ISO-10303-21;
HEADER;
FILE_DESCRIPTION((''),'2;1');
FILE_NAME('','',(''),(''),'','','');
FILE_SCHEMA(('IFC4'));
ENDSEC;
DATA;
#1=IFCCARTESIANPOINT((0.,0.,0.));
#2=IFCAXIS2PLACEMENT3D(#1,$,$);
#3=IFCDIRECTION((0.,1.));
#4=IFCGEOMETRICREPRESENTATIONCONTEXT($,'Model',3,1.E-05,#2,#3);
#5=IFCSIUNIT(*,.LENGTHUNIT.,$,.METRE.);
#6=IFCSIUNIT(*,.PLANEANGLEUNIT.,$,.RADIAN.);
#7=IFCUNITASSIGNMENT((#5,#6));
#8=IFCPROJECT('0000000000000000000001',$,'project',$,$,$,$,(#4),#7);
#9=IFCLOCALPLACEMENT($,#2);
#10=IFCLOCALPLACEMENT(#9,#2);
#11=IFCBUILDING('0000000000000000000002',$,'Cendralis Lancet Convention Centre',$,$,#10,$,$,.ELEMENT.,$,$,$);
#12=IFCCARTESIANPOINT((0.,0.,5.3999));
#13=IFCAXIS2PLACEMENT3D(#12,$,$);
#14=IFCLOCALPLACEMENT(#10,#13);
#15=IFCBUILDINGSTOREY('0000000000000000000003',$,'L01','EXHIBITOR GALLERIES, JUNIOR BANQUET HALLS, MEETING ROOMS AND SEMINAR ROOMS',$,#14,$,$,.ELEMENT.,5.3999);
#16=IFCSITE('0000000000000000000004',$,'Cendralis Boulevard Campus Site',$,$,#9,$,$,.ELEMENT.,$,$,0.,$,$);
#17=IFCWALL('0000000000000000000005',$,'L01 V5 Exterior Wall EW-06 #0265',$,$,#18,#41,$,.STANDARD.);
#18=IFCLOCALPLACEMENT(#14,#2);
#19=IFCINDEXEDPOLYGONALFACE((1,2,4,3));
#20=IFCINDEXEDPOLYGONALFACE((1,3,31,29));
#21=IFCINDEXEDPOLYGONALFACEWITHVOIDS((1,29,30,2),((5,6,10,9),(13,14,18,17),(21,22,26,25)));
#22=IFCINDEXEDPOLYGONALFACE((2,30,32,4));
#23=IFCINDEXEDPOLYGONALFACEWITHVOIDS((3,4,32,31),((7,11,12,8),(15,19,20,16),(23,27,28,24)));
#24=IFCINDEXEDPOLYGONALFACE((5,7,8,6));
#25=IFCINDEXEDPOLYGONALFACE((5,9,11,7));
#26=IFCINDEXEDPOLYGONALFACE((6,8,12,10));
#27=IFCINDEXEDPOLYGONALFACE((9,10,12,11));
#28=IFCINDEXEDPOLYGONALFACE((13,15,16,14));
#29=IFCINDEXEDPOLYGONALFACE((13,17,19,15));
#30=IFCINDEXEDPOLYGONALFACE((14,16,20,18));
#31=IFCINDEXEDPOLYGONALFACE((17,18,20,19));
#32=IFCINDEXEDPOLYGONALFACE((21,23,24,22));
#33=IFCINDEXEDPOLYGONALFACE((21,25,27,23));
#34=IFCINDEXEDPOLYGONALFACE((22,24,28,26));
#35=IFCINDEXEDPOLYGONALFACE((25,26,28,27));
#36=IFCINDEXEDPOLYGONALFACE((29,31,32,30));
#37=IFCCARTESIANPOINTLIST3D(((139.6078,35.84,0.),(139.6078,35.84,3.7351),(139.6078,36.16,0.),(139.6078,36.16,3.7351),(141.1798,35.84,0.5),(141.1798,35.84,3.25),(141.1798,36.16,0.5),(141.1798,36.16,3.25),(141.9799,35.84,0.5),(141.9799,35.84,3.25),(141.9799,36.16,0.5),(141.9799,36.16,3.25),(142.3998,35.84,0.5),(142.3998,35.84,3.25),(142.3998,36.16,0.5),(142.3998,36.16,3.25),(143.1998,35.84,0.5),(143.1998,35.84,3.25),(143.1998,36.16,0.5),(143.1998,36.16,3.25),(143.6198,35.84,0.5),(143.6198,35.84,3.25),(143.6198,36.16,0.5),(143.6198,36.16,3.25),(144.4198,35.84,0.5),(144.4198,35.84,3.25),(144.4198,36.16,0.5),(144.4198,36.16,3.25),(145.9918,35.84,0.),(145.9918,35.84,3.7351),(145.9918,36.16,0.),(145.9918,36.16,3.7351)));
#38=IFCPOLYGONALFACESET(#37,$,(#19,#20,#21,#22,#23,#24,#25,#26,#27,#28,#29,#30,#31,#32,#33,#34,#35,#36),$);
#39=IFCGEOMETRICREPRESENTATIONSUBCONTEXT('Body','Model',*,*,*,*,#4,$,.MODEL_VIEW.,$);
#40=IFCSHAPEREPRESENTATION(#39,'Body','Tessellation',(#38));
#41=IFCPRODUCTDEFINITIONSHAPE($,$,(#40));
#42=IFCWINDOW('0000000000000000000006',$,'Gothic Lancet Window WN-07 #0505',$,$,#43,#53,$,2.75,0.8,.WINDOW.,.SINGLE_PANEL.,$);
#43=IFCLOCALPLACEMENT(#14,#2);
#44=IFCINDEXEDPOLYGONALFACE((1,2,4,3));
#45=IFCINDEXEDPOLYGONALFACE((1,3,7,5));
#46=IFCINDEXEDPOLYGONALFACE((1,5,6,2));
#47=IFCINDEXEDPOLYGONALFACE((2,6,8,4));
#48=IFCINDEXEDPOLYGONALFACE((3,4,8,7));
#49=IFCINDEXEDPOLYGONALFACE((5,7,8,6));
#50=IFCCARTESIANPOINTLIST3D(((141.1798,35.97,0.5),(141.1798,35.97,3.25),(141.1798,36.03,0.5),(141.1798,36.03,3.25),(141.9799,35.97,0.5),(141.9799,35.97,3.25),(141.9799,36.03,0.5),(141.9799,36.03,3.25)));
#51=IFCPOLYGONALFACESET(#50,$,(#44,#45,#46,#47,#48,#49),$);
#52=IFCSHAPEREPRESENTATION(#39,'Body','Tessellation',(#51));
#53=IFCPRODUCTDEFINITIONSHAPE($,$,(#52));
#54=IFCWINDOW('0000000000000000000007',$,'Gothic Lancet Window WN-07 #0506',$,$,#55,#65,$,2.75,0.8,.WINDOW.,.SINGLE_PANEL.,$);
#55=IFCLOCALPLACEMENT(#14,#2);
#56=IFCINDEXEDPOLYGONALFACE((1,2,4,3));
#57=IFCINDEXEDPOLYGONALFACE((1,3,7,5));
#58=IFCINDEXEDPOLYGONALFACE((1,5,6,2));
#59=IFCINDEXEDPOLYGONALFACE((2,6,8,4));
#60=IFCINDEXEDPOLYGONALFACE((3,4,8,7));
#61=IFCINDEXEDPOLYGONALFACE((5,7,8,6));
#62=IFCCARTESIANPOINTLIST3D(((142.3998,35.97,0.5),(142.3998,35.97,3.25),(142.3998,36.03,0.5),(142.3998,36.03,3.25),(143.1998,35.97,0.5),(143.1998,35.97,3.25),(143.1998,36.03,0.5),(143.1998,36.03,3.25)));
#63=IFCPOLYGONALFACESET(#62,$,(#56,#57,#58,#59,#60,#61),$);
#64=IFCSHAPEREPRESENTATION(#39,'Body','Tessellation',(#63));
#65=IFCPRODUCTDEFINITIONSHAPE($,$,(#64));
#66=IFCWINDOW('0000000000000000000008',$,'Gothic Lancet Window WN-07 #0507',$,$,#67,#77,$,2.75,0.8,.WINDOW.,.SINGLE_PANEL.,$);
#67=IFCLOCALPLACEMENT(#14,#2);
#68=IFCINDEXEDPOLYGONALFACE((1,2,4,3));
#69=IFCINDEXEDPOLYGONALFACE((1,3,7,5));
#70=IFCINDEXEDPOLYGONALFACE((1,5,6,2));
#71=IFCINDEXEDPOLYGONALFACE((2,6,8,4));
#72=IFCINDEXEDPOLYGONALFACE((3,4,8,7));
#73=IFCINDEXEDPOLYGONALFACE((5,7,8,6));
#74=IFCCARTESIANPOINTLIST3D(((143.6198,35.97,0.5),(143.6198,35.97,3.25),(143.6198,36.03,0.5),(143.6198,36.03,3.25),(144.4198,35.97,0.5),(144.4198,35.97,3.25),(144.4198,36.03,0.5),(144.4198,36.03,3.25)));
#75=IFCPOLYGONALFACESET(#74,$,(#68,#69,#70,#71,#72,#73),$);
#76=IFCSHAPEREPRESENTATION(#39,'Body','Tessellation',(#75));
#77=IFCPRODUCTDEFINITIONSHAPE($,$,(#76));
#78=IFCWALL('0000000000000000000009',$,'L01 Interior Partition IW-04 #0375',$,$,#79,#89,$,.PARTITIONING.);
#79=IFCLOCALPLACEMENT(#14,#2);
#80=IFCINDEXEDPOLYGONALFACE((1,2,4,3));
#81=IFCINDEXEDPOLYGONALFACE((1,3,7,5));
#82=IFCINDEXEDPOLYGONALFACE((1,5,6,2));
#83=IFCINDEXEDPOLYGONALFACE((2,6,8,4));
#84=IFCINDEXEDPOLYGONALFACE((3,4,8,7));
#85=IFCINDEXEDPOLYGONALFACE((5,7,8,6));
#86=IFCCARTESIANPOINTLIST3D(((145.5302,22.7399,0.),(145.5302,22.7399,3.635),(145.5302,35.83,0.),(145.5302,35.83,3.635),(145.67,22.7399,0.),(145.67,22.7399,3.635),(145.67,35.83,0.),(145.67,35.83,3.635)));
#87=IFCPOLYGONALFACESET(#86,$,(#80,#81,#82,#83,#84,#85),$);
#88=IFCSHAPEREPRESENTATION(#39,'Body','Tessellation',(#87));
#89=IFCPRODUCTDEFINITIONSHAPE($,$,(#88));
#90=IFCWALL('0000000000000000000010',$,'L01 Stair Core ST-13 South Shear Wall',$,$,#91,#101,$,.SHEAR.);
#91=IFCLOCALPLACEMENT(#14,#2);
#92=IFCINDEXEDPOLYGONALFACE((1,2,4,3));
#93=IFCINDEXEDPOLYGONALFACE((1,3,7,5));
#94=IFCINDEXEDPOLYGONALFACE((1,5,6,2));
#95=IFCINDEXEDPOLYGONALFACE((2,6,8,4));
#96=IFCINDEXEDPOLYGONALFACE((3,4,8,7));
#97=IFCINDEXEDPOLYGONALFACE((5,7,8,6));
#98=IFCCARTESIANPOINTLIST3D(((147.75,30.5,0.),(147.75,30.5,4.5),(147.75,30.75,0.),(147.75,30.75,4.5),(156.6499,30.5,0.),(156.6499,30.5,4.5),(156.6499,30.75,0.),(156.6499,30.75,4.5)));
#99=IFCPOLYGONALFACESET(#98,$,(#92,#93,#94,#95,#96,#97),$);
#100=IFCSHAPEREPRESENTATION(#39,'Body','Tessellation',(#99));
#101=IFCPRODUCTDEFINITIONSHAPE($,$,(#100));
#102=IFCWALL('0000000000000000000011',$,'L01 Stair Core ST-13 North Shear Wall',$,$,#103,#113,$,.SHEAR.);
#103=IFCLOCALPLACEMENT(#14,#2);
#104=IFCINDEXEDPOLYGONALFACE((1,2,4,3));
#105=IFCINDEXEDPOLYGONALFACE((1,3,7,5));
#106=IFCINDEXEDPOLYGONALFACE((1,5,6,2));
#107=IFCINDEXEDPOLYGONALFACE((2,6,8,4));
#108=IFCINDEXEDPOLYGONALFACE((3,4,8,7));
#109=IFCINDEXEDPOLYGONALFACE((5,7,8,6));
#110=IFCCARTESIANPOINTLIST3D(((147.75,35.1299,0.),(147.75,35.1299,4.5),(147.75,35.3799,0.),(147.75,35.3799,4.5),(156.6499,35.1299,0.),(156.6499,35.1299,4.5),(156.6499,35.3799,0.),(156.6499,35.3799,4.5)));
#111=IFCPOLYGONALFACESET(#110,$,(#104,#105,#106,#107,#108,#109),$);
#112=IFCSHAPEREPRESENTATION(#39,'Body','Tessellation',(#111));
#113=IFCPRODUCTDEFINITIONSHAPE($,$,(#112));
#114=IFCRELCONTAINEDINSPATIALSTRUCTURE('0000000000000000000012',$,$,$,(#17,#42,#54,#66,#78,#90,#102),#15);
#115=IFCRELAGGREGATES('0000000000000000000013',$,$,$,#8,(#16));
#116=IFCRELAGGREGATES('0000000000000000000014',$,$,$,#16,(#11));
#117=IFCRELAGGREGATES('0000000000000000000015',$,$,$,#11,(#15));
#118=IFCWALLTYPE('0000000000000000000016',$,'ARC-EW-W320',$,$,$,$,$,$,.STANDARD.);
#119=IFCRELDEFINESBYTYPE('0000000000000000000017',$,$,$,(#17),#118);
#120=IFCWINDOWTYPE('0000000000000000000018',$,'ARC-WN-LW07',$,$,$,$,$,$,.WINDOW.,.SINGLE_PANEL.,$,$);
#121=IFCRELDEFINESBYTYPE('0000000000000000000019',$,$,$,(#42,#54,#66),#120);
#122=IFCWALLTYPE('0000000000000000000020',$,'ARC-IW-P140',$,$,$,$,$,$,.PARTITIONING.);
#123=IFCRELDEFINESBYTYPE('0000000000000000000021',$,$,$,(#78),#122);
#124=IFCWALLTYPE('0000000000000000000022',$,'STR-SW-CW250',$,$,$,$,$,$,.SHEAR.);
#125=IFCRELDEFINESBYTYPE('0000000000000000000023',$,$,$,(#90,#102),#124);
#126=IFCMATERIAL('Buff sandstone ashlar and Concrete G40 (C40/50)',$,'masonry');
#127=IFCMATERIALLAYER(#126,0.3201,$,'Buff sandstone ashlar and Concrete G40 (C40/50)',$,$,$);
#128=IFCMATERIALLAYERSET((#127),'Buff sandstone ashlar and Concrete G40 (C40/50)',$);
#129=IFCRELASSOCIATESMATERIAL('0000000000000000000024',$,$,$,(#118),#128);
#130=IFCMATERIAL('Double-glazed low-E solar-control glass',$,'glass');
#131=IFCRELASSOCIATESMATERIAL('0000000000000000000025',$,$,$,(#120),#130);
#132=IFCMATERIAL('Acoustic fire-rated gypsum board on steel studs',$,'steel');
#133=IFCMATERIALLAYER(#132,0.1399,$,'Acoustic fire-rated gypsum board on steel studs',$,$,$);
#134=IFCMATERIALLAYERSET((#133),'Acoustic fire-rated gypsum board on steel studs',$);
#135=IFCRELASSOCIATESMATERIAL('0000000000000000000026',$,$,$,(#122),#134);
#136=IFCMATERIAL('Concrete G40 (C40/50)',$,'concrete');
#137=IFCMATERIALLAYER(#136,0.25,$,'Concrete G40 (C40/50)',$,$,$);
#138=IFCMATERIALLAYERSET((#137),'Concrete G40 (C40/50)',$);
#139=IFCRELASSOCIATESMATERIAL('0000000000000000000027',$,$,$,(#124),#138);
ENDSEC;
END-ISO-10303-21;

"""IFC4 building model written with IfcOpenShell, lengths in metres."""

from ifc_helpers import new_model, si_unit, direction, frame, frame_2d, origin, place, context, subcontext, project, spatial, rectangle, extrude, material, layer, layer_set, type_object, element, fill, save


model = new_model("IFC4")

# Units and contexts
model_context = context("Model", 3, precision=1e-05, world=origin(), true_north=direction((0.0, 1.0)))
body_context = subcontext(model_context, "Body", "Model", "MODEL_VIEW")
ifc_project = project(units=[si_unit("LENGTHUNIT", "METRE"), si_unit("PLANEANGLEUNIT", "RADIAN")], contexts=[model_context])

# Site, building, storey
site_placement = place(None, origin())
site = spatial("IfcSite", under=ifc_project, at=site_placement, Name="Cendralis Boulevard Campus Site", CompositionType="ELEMENT", RefElevation=0.0)
building_placement = place(site_placement, origin())
building = spatial("IfcBuilding", under=site, at=building_placement, Name="Cendralis Lancet Convention Centre", CompositionType="ELEMENT")
storey_placement = place(building_placement, frame((0.0, 0.0, 5.3999)))
storey = spatial("IfcBuildingStorey", under=building, at=storey_placement, Name="L01", Description="EXHIBITOR GALLERIES, JUNIOR BANQUET HALLS, MEETING ROOMS AND SEMINAR ROOMS", CompositionType="ELEMENT", Elevation=5.3999)

# Shared definitions
ifc_material_1 = material(Name="Concrete G40 (C40/50)", Category="concrete")

# Wall, openings, windows
ifc_material_2 = material(Name="Buff sandstone ashlar and Concrete G40 (C40/50)", Category="masonry")
ifc_layer_1 = layer(ifc_material_2, 0.3201, Name="Buff sandstone ashlar and Concrete G40 (C40/50)")
ifc_layer_set_1 = layer_set([ifc_layer_1], Name="Buff sandstone ashlar and Concrete G40 (C40/50)")
wall_type_1 = type_object("IfcWallType", Name="ARC-EW-W320", PredefinedType="STANDARD", material=ifc_layer_set_1)
wall_1_placement = place(storey_placement, frame((139.6079, 36.0, 0.0), z_axis=(0.0, 0.0, 1.0), x_axis=(1.0, 0.0, 0.0)))
wall_1 = element("IfcWall", 1, at=wall_1_placement, inside=storey, type_object=wall_type_1, Name="L01 V5 Exterior Wall EW-06 #0265", PredefinedType="STANDARD", context=body_context, shape_type="SweptSolid", body=[
    extrude(rectangle(XDim=6.384, YDim=0.3201, at=frame_2d((3.1919, 0.0))), origin(), (0.0, 0.0, 1.0), 3.7351),
])
opening_1_placement = place(wall_1_placement, frame((1.572, 0.0, 0.5)))
opening_1 = element("IfcOpeningElement", 2, at=opening_1_placement, cuts=wall_1, PredefinedType="OPENING", context=body_context, shape_type="SweptSolid", body=[
    extrude(rectangle(XDim=0.8, YDim=2.75, at=frame_2d((0.3999, 1.375))), frame((0.0, 0.1699, 0.0), z_axis=(0.0, -1.0, 0.0), x_axis=(1.0, 0.0, 0.0)), (0.0, 0.0, 1.0), 0.3401),
])
opening_2_placement = place(wall_1_placement, frame((2.792, 0.0, 0.5)))
opening_2 = element("IfcOpeningElement", 3, at=opening_2_placement, cuts=wall_1, PredefinedType="OPENING", context=body_context, shape_type="SweptSolid", body=[
    extrude(rectangle(XDim=0.8, YDim=2.75, at=frame_2d((0.3999, 1.375))), frame((0.0, 0.1699, 0.0), z_axis=(0.0, -1.0, 0.0), x_axis=(1.0, 0.0, 0.0)), (0.0, 0.0, 1.0), 0.3401),
])
opening_3_placement = place(wall_1_placement, frame((4.012, 0.0, 0.5)))
opening_3 = element("IfcOpeningElement", 4, at=opening_3_placement, cuts=wall_1, PredefinedType="OPENING", context=body_context, shape_type="SweptSolid", body=[
    extrude(rectangle(XDim=0.8, YDim=2.75, at=frame_2d((0.3999, 1.375))), frame((0.0, 0.1699, 0.0), z_axis=(0.0, -1.0, 0.0), x_axis=(1.0, 0.0, 0.0)), (0.0, 0.0, 1.0), 0.3401),
])
ifc_material_3 = material(Name="Double-glazed low-E solar-control glass", Category="glass")
window_type = type_object("IfcWindowType", Name="ARC-WN-LW07", PartitioningType="SINGLE_PANEL", PredefinedType="WINDOW", material=ifc_material_3)
window_1_placement = place(opening_1_placement, origin())
window_1 = element("IfcWindow", 5, at=window_1_placement, inside=storey, type_object=window_type, Name="Gothic Lancet Window WN-07 #0505", OverallHeight=2.75, OverallWidth=0.8, PartitioningType="SINGLE_PANEL", PredefinedType="WINDOW", context=body_context, shape_type="SweptSolid", body=[
    extrude(rectangle(XDim=0.8, YDim=2.75, at=frame_2d((0.3999, 1.375))), frame((0.0, 0.03, 0.0), z_axis=(0.0, -1.0, 0.0), x_axis=(1.0, 0.0, 0.0)), (0.0, 0.0, 1.0), 0.0601),
])
fill(opening_1, window_1)
window_2_placement = place(opening_2_placement, origin())
window_2 = element("IfcWindow", 6, at=window_2_placement, inside=storey, type_object=window_type, Name="Gothic Lancet Window WN-07 #0506", OverallHeight=2.75, OverallWidth=0.8, PartitioningType="SINGLE_PANEL", PredefinedType="WINDOW", context=body_context, shape_type="SweptSolid", body=[
    extrude(rectangle(XDim=0.8, YDim=2.75, at=frame_2d((0.3999, 1.375))), frame((0.0, 0.03, 0.0), z_axis=(0.0, -1.0, 0.0), x_axis=(1.0, 0.0, 0.0)), (0.0, 0.0, 1.0), 0.0601),
])
fill(opening_2, window_2)
window_3_placement = place(opening_3_placement, origin())
window_3 = element("IfcWindow", 7, at=window_3_placement, inside=storey, type_object=window_type, Name="Gothic Lancet Window WN-07 #0507", OverallHeight=2.75, OverallWidth=0.8, PartitioningType="SINGLE_PANEL", PredefinedType="WINDOW", context=body_context, shape_type="SweptSolid", body=[
    extrude(rectangle(XDim=0.8, YDim=2.75, at=frame_2d((0.3999, 1.375))), frame((0.0, 0.03, 0.0), z_axis=(0.0, -1.0, 0.0), x_axis=(1.0, 0.0, 0.0)), (0.0, 0.0, 1.0), 0.0601),
])
fill(opening_3, window_3)

# Wall
ifc_material_4 = material(Name="Acoustic fire-rated gypsum board on steel studs", Category="steel")
ifc_layer_2 = layer(ifc_material_4, 0.1399, Name="Acoustic fire-rated gypsum board on steel studs")
ifc_layer_set_2 = layer_set([ifc_layer_2], Name="Acoustic fire-rated gypsum board on steel studs")
wall_type_2 = type_object("IfcWallType", Name="ARC-IW-P140", PredefinedType="PARTITIONING", material=ifc_layer_set_2)
wall_2_placement = place(storey_placement, frame((145.6001, 22.74, 0.0), z_axis=(0.0, 0.0, 1.0), x_axis=(0.0, 1.0, 0.0)))
element("IfcWall", 8, at=wall_2_placement, inside=storey, type_object=wall_type_2, Name="L01 Interior Partition IW-04 #0375", PredefinedType="PARTITIONING", context=body_context, shape_type="SweptSolid", body=[
    extrude(rectangle(XDim=13.0901, YDim=0.1399, at=frame_2d((6.5449, 0.0))), origin(), (0.0, 0.0, 1.0), 3.635),
])

# Shared definitions
ifc_layer_3 = layer(ifc_material_1, 0.25, Name="Concrete G40 (C40/50)")
ifc_layer_set_3 = layer_set([ifc_layer_3], Name="Concrete G40 (C40/50)")
wall_type_3 = type_object("IfcWallType", Name="STR-SW-CW250", PredefinedType="SHEAR", material=ifc_layer_set_3)

# Walls
for number, where, z_axis, x_axis, name in (
    (9, (147.75, 30.625, 0.0), (0.0, 0.0, 1.0), (1.0, 0.0, 0.0), "L01 Stair Core ST-13 South Shear Wall"),
    (10, (147.75, 35.2549, 0.0), (0.0, 0.0, 1.0), (1.0, 0.0, 0.0), "L01 Stair Core ST-13 North Shear Wall"),
):
    element("IfcWall", number, at=place(storey_placement, frame(where, z_axis=z_axis, x_axis=x_axis)), inside=storey, type_object=wall_type_3, Name=name, PredefinedType="SHEAR", context=body_context, shape_type="SweptSolid", body=[
        extrude(rectangle(XDim=8.8999, YDim=0.25, at=frame_2d((4.45, 0.0))), origin(), (0.0, 0.0, 1.0), 4.5),
    ])

save(model, "model.ifc")
